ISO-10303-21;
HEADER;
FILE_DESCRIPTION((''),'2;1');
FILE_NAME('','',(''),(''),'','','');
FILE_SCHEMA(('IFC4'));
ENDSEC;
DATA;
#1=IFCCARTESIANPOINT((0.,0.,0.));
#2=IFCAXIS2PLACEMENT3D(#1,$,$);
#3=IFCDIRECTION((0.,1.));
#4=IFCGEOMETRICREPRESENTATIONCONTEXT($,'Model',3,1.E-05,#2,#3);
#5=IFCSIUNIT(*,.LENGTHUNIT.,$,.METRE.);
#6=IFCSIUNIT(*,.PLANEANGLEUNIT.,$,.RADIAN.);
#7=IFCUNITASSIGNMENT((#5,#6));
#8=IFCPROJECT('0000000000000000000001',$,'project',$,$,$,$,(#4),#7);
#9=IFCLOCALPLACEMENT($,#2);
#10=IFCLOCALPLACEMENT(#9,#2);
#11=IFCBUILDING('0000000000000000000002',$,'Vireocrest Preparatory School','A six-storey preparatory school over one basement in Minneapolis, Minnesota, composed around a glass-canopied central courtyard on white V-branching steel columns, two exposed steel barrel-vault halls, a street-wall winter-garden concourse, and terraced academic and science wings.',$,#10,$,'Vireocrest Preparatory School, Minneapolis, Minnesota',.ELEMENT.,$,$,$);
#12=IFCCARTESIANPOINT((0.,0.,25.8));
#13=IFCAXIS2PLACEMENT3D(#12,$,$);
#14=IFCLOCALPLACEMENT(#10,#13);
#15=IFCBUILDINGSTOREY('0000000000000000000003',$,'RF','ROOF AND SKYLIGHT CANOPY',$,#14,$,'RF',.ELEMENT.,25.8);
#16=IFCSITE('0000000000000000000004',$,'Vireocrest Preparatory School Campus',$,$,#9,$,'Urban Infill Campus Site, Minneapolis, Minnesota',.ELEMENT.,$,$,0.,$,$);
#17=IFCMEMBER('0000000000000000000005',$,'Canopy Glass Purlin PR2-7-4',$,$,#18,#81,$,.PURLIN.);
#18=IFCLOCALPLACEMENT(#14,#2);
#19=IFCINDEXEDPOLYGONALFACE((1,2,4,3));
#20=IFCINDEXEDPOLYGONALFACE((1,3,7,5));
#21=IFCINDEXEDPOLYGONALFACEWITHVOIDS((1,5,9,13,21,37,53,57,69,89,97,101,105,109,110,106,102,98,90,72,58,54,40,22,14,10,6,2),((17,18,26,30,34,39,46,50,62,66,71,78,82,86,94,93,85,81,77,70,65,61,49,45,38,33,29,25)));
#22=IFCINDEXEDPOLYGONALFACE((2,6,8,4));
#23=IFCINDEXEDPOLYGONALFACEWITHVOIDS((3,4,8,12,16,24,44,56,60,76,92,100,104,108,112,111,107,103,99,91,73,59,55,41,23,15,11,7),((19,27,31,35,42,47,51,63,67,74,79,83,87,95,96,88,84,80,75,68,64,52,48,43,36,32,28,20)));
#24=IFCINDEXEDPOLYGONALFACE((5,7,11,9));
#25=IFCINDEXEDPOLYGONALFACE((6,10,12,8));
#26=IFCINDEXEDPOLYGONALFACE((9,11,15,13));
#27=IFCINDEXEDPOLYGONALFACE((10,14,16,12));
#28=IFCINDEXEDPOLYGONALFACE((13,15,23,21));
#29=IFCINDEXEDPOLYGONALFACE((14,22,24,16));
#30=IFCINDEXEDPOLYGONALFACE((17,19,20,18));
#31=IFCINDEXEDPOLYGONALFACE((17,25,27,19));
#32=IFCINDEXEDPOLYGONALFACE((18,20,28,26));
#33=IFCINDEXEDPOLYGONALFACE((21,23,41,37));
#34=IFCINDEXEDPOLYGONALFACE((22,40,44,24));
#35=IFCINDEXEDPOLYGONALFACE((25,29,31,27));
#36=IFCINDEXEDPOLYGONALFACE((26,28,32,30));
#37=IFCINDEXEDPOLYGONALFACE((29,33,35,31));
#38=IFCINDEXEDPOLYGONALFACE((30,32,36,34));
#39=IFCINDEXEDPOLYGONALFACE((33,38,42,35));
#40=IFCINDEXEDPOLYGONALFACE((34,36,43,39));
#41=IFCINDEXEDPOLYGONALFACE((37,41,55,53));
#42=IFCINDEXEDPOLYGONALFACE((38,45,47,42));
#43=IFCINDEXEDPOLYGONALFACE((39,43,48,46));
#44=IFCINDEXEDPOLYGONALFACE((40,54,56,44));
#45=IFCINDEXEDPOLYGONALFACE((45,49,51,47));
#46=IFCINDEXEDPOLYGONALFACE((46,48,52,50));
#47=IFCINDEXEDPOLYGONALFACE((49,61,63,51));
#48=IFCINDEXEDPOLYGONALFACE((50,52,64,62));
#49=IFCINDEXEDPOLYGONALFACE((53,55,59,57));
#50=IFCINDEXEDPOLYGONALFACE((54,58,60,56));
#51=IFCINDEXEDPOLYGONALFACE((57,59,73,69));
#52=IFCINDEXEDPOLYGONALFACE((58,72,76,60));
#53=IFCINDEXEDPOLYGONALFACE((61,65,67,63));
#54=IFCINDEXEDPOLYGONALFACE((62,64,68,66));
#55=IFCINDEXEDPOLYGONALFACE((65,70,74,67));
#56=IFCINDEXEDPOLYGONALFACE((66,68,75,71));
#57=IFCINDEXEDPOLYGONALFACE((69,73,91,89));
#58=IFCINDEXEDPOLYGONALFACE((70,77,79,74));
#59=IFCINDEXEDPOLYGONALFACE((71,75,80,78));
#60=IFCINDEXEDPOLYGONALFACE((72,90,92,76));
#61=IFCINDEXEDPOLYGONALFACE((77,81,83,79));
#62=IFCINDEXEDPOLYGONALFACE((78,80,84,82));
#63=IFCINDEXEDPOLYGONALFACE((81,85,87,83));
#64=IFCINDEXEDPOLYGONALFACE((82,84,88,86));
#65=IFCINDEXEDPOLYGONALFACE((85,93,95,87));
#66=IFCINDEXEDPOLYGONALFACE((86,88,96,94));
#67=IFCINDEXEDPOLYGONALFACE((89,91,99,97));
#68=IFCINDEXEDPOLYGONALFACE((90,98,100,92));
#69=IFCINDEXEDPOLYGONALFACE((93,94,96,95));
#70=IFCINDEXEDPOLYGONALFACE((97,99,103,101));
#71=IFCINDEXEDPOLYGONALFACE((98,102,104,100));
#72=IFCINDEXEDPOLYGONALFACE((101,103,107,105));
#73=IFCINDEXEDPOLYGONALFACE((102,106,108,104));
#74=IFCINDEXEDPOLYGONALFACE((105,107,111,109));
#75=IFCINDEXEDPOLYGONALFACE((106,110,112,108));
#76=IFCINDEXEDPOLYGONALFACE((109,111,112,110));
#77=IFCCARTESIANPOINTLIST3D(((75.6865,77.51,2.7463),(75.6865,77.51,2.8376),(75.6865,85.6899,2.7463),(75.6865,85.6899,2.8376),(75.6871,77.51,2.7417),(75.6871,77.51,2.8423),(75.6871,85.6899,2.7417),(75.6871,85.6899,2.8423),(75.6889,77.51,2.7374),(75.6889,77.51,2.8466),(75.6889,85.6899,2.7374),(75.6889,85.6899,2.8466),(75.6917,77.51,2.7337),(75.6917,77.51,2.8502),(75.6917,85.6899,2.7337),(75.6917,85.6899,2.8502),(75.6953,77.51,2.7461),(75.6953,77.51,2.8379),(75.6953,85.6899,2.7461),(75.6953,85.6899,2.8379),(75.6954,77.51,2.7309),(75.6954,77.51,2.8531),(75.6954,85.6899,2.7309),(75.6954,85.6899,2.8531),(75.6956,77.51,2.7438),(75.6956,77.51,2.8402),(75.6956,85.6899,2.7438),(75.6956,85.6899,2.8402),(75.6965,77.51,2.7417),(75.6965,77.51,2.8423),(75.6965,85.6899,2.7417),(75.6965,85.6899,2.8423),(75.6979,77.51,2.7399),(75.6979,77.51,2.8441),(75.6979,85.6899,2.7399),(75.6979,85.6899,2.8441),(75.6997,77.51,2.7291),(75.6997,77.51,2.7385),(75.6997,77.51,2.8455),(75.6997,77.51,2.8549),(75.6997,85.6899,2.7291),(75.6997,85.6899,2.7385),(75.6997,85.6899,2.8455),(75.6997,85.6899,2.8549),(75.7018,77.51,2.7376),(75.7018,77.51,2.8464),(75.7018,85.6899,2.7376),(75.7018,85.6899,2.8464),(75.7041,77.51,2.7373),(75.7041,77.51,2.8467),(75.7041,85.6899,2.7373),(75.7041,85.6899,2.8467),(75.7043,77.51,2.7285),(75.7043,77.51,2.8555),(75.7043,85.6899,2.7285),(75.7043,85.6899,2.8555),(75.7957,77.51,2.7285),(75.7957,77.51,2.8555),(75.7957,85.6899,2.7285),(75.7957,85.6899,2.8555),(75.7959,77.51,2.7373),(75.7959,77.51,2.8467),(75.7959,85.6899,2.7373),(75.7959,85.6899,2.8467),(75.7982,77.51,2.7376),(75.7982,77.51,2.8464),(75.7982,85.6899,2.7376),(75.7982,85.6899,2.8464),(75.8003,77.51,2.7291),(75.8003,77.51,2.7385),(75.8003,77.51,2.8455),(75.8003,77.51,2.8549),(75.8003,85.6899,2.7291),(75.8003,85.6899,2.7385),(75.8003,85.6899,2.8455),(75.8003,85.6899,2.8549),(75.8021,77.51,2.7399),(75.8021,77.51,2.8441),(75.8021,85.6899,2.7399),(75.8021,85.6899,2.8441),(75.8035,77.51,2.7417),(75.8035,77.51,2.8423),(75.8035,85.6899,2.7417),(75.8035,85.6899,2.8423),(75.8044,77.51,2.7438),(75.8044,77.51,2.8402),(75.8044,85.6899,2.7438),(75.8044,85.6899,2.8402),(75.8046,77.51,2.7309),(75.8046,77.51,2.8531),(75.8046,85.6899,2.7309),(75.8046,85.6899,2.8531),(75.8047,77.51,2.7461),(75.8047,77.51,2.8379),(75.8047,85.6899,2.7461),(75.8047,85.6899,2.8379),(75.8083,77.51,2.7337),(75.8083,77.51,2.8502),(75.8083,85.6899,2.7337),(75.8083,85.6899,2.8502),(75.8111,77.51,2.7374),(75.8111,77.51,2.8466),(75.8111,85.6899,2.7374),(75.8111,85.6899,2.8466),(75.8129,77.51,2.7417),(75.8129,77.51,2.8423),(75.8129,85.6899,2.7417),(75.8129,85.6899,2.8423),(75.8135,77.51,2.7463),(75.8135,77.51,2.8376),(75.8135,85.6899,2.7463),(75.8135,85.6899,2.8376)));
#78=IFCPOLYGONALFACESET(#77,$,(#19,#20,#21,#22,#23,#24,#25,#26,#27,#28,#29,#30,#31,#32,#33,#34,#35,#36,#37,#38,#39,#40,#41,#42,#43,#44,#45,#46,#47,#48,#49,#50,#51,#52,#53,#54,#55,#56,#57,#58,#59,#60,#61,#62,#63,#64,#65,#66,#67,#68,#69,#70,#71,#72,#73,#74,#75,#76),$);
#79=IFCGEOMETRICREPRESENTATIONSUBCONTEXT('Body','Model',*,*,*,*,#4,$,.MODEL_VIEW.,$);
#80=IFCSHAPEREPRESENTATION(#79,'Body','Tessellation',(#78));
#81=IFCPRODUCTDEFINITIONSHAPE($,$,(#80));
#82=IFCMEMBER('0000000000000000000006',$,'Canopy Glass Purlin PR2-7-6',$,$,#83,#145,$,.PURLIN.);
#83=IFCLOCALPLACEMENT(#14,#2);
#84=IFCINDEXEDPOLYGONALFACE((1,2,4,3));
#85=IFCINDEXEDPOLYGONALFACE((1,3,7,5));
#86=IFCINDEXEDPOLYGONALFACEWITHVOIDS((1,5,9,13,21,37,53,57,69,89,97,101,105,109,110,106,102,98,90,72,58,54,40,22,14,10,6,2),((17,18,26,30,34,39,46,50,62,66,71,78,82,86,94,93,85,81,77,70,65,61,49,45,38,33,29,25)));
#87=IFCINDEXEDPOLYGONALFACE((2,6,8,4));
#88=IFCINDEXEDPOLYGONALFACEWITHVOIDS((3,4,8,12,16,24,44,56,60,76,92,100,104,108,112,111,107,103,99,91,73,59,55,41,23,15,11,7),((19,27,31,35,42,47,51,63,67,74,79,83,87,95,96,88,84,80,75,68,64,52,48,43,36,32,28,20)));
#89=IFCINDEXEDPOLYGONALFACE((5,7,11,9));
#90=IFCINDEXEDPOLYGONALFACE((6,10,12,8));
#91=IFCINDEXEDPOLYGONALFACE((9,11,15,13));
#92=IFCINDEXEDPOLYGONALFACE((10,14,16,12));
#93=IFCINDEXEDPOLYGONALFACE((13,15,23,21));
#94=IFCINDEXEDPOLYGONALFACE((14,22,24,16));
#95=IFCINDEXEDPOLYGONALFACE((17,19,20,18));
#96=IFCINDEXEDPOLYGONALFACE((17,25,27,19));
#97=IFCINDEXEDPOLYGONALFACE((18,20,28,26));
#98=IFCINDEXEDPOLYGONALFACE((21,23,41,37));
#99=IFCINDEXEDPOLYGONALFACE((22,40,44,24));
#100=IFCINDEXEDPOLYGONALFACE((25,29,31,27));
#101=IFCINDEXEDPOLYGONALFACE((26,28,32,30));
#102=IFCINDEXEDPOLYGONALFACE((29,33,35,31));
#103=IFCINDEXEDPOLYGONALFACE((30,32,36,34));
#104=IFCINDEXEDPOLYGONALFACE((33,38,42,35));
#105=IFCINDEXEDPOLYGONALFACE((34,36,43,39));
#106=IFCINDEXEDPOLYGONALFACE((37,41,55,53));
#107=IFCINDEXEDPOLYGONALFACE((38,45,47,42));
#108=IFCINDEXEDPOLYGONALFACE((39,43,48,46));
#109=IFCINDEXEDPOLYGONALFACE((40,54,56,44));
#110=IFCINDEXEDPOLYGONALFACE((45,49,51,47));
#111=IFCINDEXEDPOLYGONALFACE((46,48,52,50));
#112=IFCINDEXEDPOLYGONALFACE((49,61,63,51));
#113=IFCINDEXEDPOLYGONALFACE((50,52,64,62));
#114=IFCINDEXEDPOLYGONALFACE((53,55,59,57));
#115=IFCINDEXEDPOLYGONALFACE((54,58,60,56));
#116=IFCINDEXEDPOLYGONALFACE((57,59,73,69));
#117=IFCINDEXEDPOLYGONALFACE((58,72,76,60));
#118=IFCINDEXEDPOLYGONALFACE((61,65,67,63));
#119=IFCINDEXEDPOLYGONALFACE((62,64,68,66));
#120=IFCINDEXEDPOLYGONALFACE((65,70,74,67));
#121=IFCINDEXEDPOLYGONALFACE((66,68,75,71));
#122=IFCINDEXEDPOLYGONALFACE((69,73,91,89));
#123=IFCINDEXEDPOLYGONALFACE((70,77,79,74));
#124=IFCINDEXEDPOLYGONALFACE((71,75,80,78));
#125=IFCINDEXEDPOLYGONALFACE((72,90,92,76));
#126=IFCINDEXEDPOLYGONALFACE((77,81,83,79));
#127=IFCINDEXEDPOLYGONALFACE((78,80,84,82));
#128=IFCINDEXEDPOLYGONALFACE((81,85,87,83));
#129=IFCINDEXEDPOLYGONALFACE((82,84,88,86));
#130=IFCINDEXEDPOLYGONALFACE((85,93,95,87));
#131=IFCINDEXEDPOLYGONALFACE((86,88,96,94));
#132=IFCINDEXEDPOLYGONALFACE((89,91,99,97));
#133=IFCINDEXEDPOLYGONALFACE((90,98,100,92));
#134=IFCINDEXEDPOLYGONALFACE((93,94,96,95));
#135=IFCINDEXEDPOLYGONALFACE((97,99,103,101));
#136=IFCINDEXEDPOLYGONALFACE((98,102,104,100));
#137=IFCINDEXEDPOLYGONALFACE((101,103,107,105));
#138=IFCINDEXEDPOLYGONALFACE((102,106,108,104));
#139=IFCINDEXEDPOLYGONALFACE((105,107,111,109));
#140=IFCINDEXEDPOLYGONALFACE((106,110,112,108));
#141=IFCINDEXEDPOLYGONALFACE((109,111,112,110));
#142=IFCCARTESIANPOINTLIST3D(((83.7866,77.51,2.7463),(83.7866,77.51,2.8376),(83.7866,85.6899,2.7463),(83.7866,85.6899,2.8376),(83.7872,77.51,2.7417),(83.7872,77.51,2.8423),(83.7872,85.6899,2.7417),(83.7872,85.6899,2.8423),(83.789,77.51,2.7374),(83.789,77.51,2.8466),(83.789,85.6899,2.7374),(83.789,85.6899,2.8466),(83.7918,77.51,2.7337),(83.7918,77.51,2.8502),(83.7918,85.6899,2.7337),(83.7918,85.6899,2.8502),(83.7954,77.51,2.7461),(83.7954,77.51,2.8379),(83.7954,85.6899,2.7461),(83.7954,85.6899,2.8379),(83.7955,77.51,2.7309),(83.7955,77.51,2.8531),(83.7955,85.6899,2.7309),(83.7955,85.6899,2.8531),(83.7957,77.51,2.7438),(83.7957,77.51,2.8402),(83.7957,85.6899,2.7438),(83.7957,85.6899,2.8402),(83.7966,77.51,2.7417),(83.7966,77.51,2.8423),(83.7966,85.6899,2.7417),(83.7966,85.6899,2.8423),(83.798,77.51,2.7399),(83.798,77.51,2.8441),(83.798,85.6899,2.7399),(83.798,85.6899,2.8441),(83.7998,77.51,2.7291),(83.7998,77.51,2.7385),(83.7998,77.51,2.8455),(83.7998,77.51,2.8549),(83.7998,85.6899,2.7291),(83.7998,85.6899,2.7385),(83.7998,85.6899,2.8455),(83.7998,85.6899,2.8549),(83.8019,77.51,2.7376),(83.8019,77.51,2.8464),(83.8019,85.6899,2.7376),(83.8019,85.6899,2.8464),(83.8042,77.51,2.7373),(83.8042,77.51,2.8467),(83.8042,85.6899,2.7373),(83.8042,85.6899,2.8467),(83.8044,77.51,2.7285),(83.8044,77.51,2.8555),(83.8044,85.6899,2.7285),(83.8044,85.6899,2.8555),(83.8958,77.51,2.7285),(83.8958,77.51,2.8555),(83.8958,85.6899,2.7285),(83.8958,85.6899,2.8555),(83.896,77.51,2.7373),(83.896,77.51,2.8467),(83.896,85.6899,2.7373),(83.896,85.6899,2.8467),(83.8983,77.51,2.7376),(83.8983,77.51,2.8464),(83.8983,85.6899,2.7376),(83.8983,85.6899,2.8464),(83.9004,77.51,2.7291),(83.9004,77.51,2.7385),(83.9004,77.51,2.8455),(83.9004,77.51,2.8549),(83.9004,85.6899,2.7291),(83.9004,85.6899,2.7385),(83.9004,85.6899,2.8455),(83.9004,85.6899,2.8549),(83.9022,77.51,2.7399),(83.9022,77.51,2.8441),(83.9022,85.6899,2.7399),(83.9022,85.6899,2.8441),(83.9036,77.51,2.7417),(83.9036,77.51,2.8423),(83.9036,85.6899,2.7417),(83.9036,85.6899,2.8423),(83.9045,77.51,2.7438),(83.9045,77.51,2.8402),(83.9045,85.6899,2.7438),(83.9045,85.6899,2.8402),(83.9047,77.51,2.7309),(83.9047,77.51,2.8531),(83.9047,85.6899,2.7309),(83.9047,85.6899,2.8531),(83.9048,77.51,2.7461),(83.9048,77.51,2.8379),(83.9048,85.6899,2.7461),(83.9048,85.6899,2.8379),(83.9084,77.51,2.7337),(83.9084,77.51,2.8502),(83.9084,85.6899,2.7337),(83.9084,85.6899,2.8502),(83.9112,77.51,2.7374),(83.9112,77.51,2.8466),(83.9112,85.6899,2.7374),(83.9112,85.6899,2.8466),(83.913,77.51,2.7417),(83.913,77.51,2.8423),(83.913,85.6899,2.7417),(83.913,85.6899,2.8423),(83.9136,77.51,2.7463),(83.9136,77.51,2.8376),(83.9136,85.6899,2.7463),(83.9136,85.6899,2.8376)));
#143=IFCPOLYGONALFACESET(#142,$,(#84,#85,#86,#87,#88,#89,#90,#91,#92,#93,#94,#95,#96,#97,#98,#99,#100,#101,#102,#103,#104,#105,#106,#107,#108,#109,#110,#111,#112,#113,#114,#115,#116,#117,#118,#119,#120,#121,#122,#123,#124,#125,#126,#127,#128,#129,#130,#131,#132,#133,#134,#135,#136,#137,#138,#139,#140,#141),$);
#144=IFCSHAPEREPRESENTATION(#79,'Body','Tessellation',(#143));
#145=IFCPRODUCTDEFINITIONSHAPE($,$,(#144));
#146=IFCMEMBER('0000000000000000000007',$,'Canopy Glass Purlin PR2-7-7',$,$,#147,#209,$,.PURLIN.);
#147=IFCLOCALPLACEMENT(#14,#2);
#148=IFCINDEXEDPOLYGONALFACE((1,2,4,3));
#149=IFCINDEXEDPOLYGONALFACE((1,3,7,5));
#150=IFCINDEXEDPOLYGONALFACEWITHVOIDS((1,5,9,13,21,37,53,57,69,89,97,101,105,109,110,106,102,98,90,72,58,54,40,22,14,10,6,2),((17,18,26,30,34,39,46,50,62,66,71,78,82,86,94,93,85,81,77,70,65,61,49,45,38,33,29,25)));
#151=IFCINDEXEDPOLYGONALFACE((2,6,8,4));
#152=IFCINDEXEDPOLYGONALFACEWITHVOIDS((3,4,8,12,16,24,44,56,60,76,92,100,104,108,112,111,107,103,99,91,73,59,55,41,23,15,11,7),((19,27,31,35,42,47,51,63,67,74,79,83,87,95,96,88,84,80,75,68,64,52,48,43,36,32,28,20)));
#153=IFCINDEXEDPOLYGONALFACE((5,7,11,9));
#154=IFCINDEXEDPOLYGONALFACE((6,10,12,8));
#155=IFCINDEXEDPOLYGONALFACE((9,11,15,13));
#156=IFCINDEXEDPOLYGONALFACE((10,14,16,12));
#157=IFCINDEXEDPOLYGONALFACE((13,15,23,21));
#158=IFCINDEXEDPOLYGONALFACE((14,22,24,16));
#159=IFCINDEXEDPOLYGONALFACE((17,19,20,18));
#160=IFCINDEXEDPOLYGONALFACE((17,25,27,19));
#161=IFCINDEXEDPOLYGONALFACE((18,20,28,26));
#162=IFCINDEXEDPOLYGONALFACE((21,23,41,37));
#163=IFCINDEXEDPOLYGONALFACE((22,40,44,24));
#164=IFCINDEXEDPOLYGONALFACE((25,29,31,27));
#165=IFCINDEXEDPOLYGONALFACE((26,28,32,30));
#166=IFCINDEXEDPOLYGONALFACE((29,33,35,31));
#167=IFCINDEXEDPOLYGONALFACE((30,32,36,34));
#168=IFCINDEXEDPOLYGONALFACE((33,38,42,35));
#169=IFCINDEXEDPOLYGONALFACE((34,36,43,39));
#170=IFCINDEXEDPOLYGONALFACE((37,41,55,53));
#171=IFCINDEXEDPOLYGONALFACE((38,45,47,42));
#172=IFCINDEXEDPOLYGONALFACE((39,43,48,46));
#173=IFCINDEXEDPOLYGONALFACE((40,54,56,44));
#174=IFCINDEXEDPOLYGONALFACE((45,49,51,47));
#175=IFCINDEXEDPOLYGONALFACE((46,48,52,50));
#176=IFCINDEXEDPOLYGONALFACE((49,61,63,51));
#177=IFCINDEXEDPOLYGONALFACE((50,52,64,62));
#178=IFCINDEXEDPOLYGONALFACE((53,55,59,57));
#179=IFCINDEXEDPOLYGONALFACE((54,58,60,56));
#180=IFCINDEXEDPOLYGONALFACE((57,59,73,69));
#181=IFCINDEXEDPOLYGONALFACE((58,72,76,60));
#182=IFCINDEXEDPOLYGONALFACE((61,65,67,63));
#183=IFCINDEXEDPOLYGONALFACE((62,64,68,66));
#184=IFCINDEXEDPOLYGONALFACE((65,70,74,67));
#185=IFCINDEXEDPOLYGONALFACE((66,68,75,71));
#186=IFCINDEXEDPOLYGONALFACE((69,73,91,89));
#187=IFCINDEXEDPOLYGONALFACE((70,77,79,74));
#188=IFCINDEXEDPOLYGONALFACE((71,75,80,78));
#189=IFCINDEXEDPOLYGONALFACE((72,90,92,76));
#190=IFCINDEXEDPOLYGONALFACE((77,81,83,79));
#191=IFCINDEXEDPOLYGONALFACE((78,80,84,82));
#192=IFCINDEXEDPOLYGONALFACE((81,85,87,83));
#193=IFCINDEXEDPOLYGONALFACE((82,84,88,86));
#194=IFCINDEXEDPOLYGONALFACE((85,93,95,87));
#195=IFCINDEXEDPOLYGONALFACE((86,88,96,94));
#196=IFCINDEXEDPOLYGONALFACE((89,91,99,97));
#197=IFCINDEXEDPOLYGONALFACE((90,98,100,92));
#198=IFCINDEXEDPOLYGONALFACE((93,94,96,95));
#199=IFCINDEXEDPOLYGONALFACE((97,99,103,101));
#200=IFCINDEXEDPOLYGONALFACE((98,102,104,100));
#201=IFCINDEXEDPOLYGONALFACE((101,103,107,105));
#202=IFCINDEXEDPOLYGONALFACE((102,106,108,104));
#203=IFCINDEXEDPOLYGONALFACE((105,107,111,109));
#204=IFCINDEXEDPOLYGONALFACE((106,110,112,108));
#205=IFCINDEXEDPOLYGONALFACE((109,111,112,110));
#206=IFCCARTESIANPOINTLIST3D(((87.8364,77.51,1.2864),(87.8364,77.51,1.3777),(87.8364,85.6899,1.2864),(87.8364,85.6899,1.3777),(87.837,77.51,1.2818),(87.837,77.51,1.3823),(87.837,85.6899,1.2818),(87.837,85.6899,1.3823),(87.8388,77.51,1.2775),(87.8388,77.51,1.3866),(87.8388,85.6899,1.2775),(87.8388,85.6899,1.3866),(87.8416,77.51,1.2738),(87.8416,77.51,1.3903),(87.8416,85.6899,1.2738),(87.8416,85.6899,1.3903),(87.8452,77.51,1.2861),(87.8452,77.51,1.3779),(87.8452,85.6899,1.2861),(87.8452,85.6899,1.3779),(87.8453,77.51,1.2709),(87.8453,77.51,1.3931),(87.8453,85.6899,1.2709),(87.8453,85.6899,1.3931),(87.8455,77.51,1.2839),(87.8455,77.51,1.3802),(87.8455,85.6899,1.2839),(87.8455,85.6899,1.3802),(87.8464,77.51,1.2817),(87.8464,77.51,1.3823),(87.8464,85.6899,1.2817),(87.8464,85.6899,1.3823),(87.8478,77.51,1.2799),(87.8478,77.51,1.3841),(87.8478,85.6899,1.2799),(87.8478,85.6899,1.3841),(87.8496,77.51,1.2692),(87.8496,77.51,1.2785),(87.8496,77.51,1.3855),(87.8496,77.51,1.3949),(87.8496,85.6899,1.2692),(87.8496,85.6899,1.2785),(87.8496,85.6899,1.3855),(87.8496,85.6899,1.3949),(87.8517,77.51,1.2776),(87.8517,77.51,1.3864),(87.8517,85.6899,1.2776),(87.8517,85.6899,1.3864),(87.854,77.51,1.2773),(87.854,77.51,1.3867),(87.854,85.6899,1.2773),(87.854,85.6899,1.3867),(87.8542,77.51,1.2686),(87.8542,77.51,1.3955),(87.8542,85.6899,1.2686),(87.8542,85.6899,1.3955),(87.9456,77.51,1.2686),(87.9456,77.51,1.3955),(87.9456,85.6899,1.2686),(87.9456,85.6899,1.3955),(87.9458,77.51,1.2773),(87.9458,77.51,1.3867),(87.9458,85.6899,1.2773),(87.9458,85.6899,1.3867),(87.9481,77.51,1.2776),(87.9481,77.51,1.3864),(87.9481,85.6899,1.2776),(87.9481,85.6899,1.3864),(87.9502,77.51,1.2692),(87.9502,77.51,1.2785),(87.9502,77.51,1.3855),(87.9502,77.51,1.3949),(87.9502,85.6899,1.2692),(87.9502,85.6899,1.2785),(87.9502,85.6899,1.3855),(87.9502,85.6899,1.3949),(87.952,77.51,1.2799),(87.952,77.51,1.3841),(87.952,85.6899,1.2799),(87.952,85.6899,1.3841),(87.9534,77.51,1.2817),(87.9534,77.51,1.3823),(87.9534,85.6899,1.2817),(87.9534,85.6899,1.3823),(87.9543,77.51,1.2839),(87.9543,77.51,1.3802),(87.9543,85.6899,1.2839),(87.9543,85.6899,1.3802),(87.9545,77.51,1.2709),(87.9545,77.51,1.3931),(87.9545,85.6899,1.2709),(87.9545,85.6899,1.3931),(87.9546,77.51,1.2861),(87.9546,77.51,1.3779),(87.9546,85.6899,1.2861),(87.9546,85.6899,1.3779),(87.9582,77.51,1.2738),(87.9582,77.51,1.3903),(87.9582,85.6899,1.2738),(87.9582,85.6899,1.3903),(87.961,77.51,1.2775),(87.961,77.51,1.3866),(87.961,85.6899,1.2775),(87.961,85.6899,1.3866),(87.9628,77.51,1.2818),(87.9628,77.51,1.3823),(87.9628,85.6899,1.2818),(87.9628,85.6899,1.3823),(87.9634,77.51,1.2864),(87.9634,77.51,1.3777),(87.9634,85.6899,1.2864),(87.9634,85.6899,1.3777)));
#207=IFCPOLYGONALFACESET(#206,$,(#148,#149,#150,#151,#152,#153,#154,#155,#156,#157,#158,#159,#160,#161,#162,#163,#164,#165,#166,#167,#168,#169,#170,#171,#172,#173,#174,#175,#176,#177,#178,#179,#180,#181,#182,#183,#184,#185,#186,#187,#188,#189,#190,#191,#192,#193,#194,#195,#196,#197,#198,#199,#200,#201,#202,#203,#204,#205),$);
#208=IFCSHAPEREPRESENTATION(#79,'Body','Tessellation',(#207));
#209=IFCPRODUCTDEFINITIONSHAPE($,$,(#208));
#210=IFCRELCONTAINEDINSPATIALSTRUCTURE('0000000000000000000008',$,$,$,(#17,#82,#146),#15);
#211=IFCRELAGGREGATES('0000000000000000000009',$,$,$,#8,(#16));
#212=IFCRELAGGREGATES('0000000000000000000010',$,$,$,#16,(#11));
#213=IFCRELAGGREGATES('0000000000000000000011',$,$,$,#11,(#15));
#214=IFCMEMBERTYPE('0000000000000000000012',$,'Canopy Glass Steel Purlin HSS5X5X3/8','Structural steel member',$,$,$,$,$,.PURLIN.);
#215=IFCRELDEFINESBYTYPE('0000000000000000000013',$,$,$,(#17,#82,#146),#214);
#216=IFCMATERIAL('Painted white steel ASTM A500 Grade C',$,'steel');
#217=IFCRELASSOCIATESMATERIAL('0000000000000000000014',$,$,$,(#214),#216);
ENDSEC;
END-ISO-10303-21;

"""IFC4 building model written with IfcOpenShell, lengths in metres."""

from ifc_helpers import new_model, si_unit, direction, frame, origin, origin_2d, place, context, subcontext, project, spatial, hollow_rectangle, extrude, material, material_profile, profile_set, type_object, element, save


model = new_model("IFC4")

# Units and contexts
model_context = context("Model", 3, precision=1e-05, world=origin(), true_north=direction((0.0, 1.0)))
body_context = subcontext(model_context, "Body", "Model", "MODEL_VIEW")
ifc_project = project(units=[si_unit("LENGTHUNIT", "METRE"), si_unit("PLANEANGLEUNIT", "RADIAN")], contexts=[model_context])

# Site, building, storey
site_placement = place(None, origin())
site = spatial("IfcSite", under=ifc_project, at=site_placement, Name="Vireocrest Preparatory School Campus", LongName="Urban Infill Campus Site, Minneapolis, Minnesota", CompositionType="ELEMENT", RefElevation=0.0)
building_placement = place(site_placement, origin())
building = spatial("IfcBuilding", under=site, at=building_placement, Name="Vireocrest Preparatory School", Description="A six-storey preparatory school over one basement in Minneapolis, Minnesota, composed around a glass-canopied central courtyard on white V-branching steel columns, two exposed steel barrel-vault halls, a street-wall winter-garden concourse, and terraced academic and science wings.", LongName="Vireocrest Preparatory School, Minneapolis, Minnesota", CompositionType="ELEMENT")
storey_placement = place(building_placement, frame((0.0, 0.0, 25.8)))
storey = spatial("IfcBuildingStorey", under=building, at=storey_placement, Name="RF", Description="ROOF AND SKYLIGHT CANOPY", LongName="RF", CompositionType="ELEMENT", Elevation=25.8)

# Members
ifc_material_1 = material(Name="Painted white steel ASTM A500 Grade C", Category="steel")
ifc_material_profile_1 = material_profile(ifc_material_1, hollow_rectangle(XDim=0.127, YDim=0.127, WallThickness=0.0088, InnerFilletRadius=0.0088, OuterFilletRadius=0.0178, at=origin_2d()), Name="HSS5X5X3/8")
ifc_profile_set_1 = profile_set([ifc_material_profile_1], Name="Painted white steel ASTM A500 Grade C")
member_type_1 = type_object("IfcMemberType", Name="Canopy Glass Steel Purlin HSS5X5X3/8", Description="Structural steel member", PredefinedType="PURLIN", material=ifc_profile_set_1)
for number, where, z_axis, x_axis, name in (
    (1, (75.75, 77.51, 2.792), (0.0, 1.0, 0.0), (-1.0, 0.0, 0.0), "Canopy Glass Purlin PR2-7-4"),
    (2, (83.8501, 77.51, 2.792), (0.0, 1.0, 0.0), (-1.0, 0.0, 0.0), "Canopy Glass Purlin PR2-7-6"),
    (3, (87.8999, 77.51, 1.332), (0.0, 1.0, 0.0), (-1.0, 0.0, 0.0), "Canopy Glass Purlin PR2-7-7"),
):
    element("IfcMember", number, at=place(storey_placement, frame(where, z_axis=z_axis, x_axis=x_axis)), inside=storey, type_object=member_type_1, Name=name, PredefinedType="PURLIN", context=body_context, shape_type="SweptSolid", body=[
        extrude(hollow_rectangle(XDim=0.127, YDim=0.127, WallThickness=0.0088, InnerFilletRadius=0.0088, OuterFilletRadius=0.0178, at=origin_2d()), origin(), (0.0, 0.0, 1.0), 8.1799),
    ])

save(model, "model.ifc")
